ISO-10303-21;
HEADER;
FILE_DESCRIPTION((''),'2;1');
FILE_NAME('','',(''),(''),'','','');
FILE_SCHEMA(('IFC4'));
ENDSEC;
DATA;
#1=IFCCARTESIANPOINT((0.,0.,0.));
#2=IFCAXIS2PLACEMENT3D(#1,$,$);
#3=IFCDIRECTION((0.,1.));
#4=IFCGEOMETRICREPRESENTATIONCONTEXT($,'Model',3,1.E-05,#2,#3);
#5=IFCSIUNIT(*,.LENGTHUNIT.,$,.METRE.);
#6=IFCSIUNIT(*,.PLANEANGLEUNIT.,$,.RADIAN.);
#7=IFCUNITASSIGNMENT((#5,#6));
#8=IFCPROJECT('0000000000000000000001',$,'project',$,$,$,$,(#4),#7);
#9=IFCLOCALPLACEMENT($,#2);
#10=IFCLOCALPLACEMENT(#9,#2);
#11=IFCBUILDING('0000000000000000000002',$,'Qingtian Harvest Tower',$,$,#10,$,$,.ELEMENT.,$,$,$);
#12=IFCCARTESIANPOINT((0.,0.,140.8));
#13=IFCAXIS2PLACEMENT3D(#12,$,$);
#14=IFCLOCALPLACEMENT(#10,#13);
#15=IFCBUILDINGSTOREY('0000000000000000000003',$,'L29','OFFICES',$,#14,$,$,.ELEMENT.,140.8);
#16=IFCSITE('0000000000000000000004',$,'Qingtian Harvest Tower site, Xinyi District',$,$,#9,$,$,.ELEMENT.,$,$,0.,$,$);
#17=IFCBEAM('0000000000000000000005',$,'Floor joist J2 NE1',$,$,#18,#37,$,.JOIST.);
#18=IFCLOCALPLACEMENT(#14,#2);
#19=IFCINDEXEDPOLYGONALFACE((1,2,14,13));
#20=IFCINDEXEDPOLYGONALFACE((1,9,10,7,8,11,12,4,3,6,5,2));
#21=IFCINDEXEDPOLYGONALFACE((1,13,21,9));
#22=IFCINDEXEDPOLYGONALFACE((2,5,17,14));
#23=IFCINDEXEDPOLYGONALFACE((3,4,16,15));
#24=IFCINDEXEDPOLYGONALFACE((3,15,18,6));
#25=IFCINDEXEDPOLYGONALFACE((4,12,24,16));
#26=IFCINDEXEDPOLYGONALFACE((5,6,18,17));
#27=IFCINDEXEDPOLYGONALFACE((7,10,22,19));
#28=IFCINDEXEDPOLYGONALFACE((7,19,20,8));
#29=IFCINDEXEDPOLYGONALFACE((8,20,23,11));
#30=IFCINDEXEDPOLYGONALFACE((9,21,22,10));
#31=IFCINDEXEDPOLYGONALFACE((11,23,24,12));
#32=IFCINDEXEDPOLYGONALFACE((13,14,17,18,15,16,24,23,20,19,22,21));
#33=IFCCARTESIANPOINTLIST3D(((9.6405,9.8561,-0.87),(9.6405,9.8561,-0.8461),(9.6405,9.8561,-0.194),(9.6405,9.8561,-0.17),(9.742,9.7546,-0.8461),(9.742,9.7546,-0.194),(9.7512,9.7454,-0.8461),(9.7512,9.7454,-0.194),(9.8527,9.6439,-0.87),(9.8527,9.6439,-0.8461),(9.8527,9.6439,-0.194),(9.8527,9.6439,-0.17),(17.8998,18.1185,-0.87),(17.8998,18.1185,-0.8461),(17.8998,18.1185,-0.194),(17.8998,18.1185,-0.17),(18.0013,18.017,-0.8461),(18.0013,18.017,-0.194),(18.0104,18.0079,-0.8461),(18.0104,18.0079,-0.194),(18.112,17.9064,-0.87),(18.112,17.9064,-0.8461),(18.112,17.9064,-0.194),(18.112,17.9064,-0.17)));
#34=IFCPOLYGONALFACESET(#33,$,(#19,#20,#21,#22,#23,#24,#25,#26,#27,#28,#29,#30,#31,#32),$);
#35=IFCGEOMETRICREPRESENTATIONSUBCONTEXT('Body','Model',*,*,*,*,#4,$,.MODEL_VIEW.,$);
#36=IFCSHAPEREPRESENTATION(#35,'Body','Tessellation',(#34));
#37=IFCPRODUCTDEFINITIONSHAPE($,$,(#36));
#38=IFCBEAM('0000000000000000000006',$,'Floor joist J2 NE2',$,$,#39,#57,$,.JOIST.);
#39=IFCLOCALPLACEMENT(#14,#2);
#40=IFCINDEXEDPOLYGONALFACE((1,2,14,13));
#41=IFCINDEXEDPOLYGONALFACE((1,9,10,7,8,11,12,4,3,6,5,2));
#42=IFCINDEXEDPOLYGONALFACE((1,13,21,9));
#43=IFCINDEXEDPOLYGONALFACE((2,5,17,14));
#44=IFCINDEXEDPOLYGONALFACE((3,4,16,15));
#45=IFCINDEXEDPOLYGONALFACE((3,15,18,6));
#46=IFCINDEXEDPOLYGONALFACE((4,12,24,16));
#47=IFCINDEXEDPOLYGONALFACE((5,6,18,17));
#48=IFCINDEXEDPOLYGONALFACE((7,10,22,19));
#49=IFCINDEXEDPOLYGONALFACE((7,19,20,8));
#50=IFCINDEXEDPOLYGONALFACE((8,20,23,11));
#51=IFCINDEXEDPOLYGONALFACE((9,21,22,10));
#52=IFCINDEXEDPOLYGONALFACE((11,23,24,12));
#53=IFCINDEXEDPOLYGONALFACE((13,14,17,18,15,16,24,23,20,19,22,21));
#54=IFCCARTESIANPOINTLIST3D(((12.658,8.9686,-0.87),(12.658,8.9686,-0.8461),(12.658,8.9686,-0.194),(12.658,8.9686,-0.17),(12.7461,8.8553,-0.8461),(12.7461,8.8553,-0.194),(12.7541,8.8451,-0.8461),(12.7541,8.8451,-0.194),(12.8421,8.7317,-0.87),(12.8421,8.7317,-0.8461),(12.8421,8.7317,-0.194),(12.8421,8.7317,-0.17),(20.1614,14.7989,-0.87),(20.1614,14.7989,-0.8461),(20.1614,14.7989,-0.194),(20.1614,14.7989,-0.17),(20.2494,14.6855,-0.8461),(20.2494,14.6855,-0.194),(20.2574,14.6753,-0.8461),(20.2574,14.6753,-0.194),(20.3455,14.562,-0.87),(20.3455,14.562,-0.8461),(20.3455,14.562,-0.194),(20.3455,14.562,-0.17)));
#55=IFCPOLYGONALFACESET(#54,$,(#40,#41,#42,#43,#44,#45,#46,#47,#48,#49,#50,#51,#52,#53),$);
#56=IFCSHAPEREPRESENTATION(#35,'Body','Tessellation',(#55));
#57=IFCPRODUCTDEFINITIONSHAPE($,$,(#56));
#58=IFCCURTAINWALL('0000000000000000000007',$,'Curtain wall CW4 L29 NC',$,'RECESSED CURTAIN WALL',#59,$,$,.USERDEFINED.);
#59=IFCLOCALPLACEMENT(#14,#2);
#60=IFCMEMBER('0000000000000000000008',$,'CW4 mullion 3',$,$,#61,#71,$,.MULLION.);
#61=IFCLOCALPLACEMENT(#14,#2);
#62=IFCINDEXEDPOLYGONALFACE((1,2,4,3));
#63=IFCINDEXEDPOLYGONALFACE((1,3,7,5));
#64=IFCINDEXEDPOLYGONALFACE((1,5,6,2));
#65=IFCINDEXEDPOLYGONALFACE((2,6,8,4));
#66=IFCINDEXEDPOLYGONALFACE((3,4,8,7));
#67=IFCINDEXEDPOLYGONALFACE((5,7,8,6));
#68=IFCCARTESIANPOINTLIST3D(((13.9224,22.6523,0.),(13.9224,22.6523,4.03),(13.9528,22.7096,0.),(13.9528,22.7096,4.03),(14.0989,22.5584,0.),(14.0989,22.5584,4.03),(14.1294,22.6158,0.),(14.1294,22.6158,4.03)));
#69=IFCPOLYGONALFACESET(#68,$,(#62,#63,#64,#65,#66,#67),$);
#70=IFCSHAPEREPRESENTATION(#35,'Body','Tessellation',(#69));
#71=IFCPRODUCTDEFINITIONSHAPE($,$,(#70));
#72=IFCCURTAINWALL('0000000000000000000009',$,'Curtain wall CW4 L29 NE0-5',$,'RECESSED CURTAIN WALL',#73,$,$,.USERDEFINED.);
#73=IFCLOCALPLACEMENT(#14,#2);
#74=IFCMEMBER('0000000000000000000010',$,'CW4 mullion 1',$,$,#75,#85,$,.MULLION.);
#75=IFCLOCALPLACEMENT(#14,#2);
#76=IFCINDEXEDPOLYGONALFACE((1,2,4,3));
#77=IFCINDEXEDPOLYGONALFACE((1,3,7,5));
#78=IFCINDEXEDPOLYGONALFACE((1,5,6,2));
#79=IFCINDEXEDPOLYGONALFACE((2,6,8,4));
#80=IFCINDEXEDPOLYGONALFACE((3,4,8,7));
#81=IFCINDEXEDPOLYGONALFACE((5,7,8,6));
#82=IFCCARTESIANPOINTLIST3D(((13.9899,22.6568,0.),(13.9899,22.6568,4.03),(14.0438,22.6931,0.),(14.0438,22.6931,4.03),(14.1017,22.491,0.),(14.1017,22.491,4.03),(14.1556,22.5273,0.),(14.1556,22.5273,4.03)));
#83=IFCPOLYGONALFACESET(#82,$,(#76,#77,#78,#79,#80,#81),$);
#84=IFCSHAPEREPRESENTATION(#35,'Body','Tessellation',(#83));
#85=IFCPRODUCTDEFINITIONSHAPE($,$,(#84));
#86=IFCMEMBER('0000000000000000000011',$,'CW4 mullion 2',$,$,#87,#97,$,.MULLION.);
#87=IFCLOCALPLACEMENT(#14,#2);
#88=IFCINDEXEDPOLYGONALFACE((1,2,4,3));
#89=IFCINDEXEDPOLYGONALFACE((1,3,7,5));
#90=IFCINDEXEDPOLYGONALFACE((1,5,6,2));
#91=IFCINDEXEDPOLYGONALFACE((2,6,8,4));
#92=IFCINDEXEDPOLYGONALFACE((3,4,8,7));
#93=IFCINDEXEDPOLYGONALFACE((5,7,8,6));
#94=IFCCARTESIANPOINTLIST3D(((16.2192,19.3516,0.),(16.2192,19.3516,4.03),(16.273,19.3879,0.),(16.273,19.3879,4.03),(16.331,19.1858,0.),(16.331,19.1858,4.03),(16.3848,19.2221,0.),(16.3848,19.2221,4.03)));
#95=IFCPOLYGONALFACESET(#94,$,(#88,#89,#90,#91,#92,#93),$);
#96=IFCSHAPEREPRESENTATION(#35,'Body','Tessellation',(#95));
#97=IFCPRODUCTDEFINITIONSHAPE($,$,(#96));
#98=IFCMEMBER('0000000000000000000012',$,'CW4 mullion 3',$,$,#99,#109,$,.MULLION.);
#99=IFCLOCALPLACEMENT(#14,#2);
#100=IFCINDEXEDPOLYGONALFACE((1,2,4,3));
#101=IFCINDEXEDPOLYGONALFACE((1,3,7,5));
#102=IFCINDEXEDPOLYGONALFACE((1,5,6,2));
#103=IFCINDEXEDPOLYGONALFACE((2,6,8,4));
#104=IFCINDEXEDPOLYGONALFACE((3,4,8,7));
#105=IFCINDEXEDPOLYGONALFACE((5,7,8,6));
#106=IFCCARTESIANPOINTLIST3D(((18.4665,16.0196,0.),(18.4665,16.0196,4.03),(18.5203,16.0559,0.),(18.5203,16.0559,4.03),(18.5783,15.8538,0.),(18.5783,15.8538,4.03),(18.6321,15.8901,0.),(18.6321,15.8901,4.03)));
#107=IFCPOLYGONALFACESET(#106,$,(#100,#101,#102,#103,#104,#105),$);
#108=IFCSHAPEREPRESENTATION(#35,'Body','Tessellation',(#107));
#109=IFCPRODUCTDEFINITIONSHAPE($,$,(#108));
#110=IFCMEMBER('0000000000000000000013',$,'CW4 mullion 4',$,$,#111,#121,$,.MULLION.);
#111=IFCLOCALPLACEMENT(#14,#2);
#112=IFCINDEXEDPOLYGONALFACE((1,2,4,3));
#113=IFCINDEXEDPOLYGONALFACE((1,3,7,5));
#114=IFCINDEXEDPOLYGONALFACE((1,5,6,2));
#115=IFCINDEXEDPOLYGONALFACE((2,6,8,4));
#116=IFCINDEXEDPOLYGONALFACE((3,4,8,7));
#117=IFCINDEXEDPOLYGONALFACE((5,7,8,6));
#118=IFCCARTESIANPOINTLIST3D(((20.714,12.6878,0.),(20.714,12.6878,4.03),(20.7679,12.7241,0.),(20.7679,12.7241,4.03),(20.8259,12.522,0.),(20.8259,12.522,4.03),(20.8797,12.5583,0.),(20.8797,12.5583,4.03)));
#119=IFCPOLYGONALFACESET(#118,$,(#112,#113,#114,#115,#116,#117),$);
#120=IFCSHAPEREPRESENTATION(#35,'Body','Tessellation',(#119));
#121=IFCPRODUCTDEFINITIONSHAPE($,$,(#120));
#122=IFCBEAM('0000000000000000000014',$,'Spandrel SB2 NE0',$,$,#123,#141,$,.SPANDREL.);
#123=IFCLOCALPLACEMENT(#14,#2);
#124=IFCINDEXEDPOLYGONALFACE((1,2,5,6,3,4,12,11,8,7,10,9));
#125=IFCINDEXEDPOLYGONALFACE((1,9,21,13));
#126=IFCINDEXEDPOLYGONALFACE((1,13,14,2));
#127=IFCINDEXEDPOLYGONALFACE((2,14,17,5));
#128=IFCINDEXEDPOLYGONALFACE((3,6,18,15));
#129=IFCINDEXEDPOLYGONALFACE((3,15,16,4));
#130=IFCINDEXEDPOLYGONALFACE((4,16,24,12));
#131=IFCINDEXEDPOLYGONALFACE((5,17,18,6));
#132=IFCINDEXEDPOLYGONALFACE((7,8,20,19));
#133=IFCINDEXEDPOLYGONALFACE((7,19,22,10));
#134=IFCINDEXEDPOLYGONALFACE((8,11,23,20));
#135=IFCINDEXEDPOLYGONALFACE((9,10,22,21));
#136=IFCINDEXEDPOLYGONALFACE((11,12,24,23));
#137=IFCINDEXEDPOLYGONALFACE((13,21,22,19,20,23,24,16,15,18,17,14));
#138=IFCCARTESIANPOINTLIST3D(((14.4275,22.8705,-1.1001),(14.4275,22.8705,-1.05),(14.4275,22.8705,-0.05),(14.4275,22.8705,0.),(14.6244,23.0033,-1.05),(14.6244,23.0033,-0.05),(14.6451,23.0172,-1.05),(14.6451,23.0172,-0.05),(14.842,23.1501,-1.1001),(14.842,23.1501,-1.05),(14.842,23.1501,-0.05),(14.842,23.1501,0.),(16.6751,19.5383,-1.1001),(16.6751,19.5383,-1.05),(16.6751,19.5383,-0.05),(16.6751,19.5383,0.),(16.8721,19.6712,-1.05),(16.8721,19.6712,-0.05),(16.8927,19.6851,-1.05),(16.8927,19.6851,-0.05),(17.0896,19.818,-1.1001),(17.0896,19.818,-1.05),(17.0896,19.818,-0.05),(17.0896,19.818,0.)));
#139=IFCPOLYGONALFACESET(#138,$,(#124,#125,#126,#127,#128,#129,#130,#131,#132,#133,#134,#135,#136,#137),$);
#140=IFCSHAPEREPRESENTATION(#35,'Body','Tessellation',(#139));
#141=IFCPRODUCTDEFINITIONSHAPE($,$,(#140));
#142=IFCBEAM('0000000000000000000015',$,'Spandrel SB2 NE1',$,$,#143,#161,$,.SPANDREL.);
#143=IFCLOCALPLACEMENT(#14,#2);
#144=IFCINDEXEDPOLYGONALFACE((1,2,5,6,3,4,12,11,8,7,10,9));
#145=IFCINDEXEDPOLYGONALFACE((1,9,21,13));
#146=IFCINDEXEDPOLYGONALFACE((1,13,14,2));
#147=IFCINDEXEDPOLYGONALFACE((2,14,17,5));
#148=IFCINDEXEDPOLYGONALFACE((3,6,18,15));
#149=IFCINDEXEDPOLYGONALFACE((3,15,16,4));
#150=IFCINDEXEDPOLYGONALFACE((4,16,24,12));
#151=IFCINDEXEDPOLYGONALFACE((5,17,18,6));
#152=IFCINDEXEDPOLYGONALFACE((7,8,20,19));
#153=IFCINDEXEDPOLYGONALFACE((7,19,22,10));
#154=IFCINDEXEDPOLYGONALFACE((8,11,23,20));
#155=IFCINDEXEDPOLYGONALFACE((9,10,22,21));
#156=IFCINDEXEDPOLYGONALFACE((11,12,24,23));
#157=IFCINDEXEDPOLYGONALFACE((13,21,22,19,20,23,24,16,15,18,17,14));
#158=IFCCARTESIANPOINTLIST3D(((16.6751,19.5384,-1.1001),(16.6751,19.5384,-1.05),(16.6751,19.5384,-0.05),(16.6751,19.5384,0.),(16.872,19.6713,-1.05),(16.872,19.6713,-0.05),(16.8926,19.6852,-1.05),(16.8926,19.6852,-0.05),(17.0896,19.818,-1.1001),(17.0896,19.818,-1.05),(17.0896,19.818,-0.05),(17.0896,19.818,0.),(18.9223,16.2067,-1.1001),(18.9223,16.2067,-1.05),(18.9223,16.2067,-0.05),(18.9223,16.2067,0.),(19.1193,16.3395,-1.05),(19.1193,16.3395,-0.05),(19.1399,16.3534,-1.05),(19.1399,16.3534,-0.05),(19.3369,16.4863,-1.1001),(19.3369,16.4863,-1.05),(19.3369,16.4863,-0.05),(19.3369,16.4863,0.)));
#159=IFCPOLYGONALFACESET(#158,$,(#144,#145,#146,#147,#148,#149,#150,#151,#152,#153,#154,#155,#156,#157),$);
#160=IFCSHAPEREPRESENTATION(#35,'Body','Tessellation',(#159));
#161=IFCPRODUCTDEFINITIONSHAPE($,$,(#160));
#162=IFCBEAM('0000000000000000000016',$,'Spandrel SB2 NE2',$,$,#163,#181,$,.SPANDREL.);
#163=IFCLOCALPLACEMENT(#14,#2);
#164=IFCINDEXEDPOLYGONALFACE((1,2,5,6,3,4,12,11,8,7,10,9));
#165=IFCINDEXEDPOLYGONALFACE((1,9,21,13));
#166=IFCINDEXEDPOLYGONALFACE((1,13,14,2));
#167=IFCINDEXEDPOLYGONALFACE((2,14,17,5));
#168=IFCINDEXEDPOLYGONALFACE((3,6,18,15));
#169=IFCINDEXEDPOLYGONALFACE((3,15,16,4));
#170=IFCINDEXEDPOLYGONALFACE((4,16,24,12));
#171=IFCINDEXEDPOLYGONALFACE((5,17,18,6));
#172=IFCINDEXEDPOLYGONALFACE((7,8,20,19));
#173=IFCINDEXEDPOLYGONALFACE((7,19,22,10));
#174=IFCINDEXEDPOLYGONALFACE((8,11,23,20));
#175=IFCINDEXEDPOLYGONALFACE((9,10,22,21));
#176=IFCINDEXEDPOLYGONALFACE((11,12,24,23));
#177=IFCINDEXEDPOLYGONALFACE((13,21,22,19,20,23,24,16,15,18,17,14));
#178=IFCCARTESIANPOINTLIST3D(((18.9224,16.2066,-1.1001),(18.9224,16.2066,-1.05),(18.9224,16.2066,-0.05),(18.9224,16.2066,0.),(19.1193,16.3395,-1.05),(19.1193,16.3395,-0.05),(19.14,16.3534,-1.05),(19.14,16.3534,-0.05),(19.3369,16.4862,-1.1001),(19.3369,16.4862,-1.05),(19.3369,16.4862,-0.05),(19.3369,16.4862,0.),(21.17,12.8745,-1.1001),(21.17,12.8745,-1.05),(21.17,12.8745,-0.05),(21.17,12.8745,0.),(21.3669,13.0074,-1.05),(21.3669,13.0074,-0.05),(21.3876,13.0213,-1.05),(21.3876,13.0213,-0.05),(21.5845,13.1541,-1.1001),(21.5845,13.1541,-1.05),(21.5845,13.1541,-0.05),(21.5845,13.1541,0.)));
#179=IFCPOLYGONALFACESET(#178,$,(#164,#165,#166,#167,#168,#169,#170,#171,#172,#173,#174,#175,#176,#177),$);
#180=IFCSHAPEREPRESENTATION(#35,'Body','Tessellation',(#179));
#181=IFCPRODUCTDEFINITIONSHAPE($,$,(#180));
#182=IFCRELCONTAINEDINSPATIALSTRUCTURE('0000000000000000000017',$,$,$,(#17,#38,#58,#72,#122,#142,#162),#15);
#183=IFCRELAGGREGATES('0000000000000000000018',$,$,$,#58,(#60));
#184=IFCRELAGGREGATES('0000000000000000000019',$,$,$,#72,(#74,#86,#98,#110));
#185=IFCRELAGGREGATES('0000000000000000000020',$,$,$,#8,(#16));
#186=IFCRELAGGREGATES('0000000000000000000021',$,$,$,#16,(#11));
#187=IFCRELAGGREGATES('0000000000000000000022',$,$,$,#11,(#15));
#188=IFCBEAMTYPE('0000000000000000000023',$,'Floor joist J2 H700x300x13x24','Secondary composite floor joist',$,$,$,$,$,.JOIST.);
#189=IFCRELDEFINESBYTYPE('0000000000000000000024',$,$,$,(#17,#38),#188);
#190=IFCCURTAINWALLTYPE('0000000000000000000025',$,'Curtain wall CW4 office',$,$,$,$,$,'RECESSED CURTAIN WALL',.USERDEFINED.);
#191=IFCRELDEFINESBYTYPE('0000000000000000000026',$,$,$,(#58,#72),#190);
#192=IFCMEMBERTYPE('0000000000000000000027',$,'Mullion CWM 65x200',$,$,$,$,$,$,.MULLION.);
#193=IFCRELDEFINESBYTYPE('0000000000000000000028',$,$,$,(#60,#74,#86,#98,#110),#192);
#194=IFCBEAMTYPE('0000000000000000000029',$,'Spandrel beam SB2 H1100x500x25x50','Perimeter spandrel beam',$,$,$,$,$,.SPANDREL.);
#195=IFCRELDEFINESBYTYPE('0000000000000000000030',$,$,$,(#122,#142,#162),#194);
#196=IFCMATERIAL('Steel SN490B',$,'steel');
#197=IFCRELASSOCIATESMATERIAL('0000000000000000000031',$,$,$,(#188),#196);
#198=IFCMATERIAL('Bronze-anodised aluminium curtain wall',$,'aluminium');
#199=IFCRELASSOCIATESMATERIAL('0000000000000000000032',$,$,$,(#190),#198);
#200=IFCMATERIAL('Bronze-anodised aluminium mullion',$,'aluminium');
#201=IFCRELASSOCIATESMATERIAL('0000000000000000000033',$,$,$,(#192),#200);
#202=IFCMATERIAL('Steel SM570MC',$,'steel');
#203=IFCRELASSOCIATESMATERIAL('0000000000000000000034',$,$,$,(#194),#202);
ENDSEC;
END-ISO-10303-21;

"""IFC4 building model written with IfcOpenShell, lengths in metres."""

from ifc_helpers import new_model, si_unit, direction, frame, origin, origin_2d, place, context, subcontext, project, spatial, rectangle, i_section, extrude, material, material_profile, profile_set, type_object, element, aggregate, save


model = new_model("IFC4")

# Units and contexts
model_context = context("Model", 3, precision=1e-05, world=origin(), true_north=direction((0.0, 1.0)))
body_context = subcontext(model_context, "Body", "Model", "MODEL_VIEW")
ifc_project = project(units=[si_unit("LENGTHUNIT", "METRE"), si_unit("PLANEANGLEUNIT", "RADIAN")], contexts=[model_context])

# Site, building, storey
site_placement = place(None, origin())
site = spatial("IfcSite", under=ifc_project, at=site_placement, Name="Qingtian Harvest Tower site, Xinyi District", CompositionType="ELEMENT", RefElevation=0.0)
building_placement = place(site_placement, origin())
building = spatial("IfcBuilding", under=site, at=building_placement, Name="Qingtian Harvest Tower", CompositionType="ELEMENT")
storey_placement = place(building_placement, frame((0.0, 0.0, 140.8)))
storey = spatial("IfcBuildingStorey", under=building, at=storey_placement, Name="L29", Description="OFFICES", CompositionType="ELEMENT", Elevation=140.8)

# Beams
ifc_material_1 = material(Name="Steel SN490B", Category="steel")
ifc_material_profile_1 = material_profile(ifc_material_1, i_section(OverallWidth=0.3, OverallDepth=0.7, WebThickness=0.0129, FlangeThickness=0.0239, at=origin_2d()), Name="H700x300x13x24")
ifc_profile_set_1 = profile_set([ifc_material_profile_1], Name="Steel SN490B")
beam_type_1 = type_object("IfcBeamType", Name="Floor joist J2 H700x300x13x24", Description="Secondary composite floor joist", PredefinedType="JOIST", material=ifc_profile_set_1)
beam_1_placement = place(storey_placement, frame((18.0059, 18.0125, -0.52), z_axis=(-0.706971, -0.707243, 0.0), x_axis=(0.707243, -0.706971, 0.0)))
element("IfcBeam", 1, at=beam_1_placement, inside=storey, type_object=beam_type_1, Name="Floor joist J2 NE1", PredefinedType="JOIST", context=body_context, shape_type="SweptSolid", body=[
    extrude(i_section(OverallWidth=0.3, OverallDepth=0.7, WebThickness=0.0129, FlangeThickness=0.0239, at=origin_2d()), origin(), (0.0, 0.0, 1.0), 11.6826),
])
beam_2_placement = place(storey_placement, frame((20.2534, 14.6804, -0.52), z_axis=(-0.789641, -0.613569, 0.0), x_axis=(0.613569, -0.789641, 0.0)))
element("IfcBeam", 2, at=beam_2_placement, inside=storey, type_object=beam_type_1, Name="Floor joist J2 NE2", PredefinedType="JOIST", context=body_context, shape_type="SweptSolid", body=[
    extrude(i_section(OverallWidth=0.3, OverallDepth=0.7, WebThickness=0.0129, FlangeThickness=0.0239, at=origin_2d()), origin(), (0.0, 0.0, 1.0), 9.5022),
])

# Curtain wall, member
ifc_material_2 = material(Name="Bronze-anodised aluminium curtain wall", Category="aluminium")
curtain_wall_type = type_object("IfcCurtainWallType", Name="Curtain wall CW4 office", ElementType="RECESSED CURTAIN WALL", PredefinedType="USERDEFINED", material=ifc_material_2)
curtain_wall_1_placement = place(storey_placement, origin())
curtain_wall_1 = element("IfcCurtainWall", 3, at=curtain_wall_1_placement, inside=storey, type_object=curtain_wall_type, Name="Curtain wall CW4 L29 NC", ObjectType="RECESSED CURTAIN WALL", PredefinedType="USERDEFINED")
ifc_material_3 = material(Name="Bronze-anodised aluminium mullion", Category="aluminium")
ifc_material_profile_2 = material_profile(ifc_material_3, rectangle(XDim=0.0649, YDim=0.2, at=origin_2d()), Name="AL 65x200")
ifc_profile_set_2 = profile_set([ifc_material_profile_2], Name="Bronze-anodised aluminium mullion")
member_type_1 = type_object("IfcMemberType", Name="Mullion CWM 65x200", PredefinedType="MULLION", material=ifc_profile_set_2)
member_1_placement = place(storey_placement, frame((14.0259, 22.634, 0.0), z_axis=(0.0, 0.0, 1.0), x_axis=(0.469472, 0.882948, 0.0)))
member_1 = element("IfcMember", 4, at=member_1_placement, type_object=member_type_1, Name="CW4 mullion 3", PredefinedType="MULLION", context=body_context, shape_type="SweptSolid", body=[
    extrude(rectangle(XDim=0.0649, YDim=0.2, at=origin_2d()), origin(), (0.0, 0.0, 1.0), 4.03),
])

# Curtain wall, members
curtain_wall_2_placement = place(storey_placement, origin())
curtain_wall_2 = element("IfcCurtainWall", 5, at=curtain_wall_2_placement, inside=storey, type_object=curtain_wall_type, Name="Curtain wall CW4 L29 NE0-5", ObjectType="RECESSED CURTAIN WALL", PredefinedType="USERDEFINED")
member_2_placement = place(storey_placement, frame((14.0728, 22.592, 0.0), z_axis=(0.0, 0.0, 1.0), x_axis=(0.829038, 0.559193, 0.0)))
member_2 = element("IfcMember", 6, at=member_2_placement, type_object=member_type_1, Name="CW4 mullion 1", PredefinedType="MULLION", context=body_context, shape_type="SweptSolid", body=[
    extrude(rectangle(XDim=0.0649, YDim=0.2, at=origin_2d()), origin(), (0.0, 0.0, 1.0), 4.03),
])
member_3_placement = place(storey_placement, frame((16.302, 19.2869, 0.0), z_axis=(0.0, 0.0, 1.0), x_axis=(0.829038, 0.559193, 0.0)))
member_3 = element("IfcMember", 7, at=member_3_placement, type_object=member_type_1, Name="CW4 mullion 2", PredefinedType="MULLION", context=body_context, shape_type="SweptSolid", body=[
    extrude(rectangle(XDim=0.0649, YDim=0.2, at=origin_2d()), origin(), (0.0, 0.0, 1.0), 4.03),
])
member_4_placement = place(storey_placement, frame((18.5493, 15.9548, 0.0), z_axis=(0.0, 0.0, 1.0), x_axis=(0.829038, 0.559193, 0.0)))
member_4 = element("IfcMember", 8, at=member_4_placement, type_object=member_type_1, Name="CW4 mullion 3", PredefinedType="MULLION", context=body_context, shape_type="SweptSolid", body=[
    extrude(rectangle(XDim=0.0649, YDim=0.2, at=origin_2d()), origin(), (0.0, 0.0, 1.0), 4.03),
])
member_5_placement = place(storey_placement, frame((20.7969, 12.623, 0.0), z_axis=(0.0, 0.0, 1.0), x_axis=(0.829038, 0.559193, 0.0)))
member_5 = element("IfcMember", 9, at=member_5_placement, type_object=member_type_1, Name="CW4 mullion 4", PredefinedType="MULLION", context=body_context, shape_type="SweptSolid", body=[
    extrude(rectangle(XDim=0.0649, YDim=0.2, at=origin_2d()), origin(), (0.0, 0.0, 1.0), 4.03),
])

# Beams
ifc_material_4 = material(Name="Steel SM570MC", Category="steel")
ifc_material_profile_3 = material_profile(ifc_material_4, i_section(OverallWidth=0.5, OverallDepth=1.1001, WebThickness=0.0249, FlangeThickness=0.05, at=origin_2d()), Name="H1100x500x25x50")
ifc_profile_set_3 = profile_set([ifc_material_profile_3], Name="Steel SM570MC")
beam_type_2 = type_object("IfcBeamType", Name="Spandrel beam SB2 H1100x500x25x50", Description="Perimeter spandrel beam", PredefinedType="SPANDREL", material=ifc_profile_set_3)
beam_3_placement = place(storey_placement, frame((14.6348, 23.0103, -0.55), z_axis=(0.559206, -0.829029, 0.0), x_axis=(0.829029, 0.559206, 0.0)))
element("IfcBeam", 10, at=beam_3_placement, inside=storey, type_object=beam_type_2, Name="Spandrel SB2 NE0", PredefinedType="SPANDREL", context=body_context, shape_type="SweptSolid", body=[
    extrude(i_section(OverallWidth=0.5, OverallDepth=1.1001, WebThickness=0.0249, FlangeThickness=0.05, at=origin_2d()), origin(), (0.0, 0.0, 1.0), 4.0193),
])
beam_4_placement = place(storey_placement, frame((16.8823, 19.6782, -0.55), z_axis=(0.559192, -0.829038, 0.0), x_axis=(0.829038, 0.559192, 0.0)))
element("IfcBeam", 11, at=beam_4_placement, inside=storey, type_object=beam_type_2, Name="Spandrel SB2 NE1", PredefinedType="SPANDREL", context=body_context, shape_type="SweptSolid", body=[
    extrude(i_section(OverallWidth=0.5, OverallDepth=1.1001, WebThickness=0.0249, FlangeThickness=0.05, at=origin_2d()), origin(), (0.0, 0.0, 1.0), 4.0188),
])
beam_5_placement = place(storey_placement, frame((19.1296, 16.3464, -0.55), z_axis=(0.559206, -0.829029, 0.0), x_axis=(0.829029, 0.559206, 0.0)))
element("IfcBeam", 12, at=beam_5_placement, inside=storey, type_object=beam_type_2, Name="Spandrel SB2 NE2", PredefinedType="SPANDREL", context=body_context, shape_type="SweptSolid", body=[
    extrude(i_section(OverallWidth=0.5, OverallDepth=1.1001, WebThickness=0.0249, FlangeThickness=0.05, at=origin_2d()), origin(), (0.0, 0.0, 1.0), 4.0193),
])

aggregate(curtain_wall_1, [member_1])
aggregate(curtain_wall_2, [member_2, member_3, member_4, member_5])

save(model, "model.ifc")
